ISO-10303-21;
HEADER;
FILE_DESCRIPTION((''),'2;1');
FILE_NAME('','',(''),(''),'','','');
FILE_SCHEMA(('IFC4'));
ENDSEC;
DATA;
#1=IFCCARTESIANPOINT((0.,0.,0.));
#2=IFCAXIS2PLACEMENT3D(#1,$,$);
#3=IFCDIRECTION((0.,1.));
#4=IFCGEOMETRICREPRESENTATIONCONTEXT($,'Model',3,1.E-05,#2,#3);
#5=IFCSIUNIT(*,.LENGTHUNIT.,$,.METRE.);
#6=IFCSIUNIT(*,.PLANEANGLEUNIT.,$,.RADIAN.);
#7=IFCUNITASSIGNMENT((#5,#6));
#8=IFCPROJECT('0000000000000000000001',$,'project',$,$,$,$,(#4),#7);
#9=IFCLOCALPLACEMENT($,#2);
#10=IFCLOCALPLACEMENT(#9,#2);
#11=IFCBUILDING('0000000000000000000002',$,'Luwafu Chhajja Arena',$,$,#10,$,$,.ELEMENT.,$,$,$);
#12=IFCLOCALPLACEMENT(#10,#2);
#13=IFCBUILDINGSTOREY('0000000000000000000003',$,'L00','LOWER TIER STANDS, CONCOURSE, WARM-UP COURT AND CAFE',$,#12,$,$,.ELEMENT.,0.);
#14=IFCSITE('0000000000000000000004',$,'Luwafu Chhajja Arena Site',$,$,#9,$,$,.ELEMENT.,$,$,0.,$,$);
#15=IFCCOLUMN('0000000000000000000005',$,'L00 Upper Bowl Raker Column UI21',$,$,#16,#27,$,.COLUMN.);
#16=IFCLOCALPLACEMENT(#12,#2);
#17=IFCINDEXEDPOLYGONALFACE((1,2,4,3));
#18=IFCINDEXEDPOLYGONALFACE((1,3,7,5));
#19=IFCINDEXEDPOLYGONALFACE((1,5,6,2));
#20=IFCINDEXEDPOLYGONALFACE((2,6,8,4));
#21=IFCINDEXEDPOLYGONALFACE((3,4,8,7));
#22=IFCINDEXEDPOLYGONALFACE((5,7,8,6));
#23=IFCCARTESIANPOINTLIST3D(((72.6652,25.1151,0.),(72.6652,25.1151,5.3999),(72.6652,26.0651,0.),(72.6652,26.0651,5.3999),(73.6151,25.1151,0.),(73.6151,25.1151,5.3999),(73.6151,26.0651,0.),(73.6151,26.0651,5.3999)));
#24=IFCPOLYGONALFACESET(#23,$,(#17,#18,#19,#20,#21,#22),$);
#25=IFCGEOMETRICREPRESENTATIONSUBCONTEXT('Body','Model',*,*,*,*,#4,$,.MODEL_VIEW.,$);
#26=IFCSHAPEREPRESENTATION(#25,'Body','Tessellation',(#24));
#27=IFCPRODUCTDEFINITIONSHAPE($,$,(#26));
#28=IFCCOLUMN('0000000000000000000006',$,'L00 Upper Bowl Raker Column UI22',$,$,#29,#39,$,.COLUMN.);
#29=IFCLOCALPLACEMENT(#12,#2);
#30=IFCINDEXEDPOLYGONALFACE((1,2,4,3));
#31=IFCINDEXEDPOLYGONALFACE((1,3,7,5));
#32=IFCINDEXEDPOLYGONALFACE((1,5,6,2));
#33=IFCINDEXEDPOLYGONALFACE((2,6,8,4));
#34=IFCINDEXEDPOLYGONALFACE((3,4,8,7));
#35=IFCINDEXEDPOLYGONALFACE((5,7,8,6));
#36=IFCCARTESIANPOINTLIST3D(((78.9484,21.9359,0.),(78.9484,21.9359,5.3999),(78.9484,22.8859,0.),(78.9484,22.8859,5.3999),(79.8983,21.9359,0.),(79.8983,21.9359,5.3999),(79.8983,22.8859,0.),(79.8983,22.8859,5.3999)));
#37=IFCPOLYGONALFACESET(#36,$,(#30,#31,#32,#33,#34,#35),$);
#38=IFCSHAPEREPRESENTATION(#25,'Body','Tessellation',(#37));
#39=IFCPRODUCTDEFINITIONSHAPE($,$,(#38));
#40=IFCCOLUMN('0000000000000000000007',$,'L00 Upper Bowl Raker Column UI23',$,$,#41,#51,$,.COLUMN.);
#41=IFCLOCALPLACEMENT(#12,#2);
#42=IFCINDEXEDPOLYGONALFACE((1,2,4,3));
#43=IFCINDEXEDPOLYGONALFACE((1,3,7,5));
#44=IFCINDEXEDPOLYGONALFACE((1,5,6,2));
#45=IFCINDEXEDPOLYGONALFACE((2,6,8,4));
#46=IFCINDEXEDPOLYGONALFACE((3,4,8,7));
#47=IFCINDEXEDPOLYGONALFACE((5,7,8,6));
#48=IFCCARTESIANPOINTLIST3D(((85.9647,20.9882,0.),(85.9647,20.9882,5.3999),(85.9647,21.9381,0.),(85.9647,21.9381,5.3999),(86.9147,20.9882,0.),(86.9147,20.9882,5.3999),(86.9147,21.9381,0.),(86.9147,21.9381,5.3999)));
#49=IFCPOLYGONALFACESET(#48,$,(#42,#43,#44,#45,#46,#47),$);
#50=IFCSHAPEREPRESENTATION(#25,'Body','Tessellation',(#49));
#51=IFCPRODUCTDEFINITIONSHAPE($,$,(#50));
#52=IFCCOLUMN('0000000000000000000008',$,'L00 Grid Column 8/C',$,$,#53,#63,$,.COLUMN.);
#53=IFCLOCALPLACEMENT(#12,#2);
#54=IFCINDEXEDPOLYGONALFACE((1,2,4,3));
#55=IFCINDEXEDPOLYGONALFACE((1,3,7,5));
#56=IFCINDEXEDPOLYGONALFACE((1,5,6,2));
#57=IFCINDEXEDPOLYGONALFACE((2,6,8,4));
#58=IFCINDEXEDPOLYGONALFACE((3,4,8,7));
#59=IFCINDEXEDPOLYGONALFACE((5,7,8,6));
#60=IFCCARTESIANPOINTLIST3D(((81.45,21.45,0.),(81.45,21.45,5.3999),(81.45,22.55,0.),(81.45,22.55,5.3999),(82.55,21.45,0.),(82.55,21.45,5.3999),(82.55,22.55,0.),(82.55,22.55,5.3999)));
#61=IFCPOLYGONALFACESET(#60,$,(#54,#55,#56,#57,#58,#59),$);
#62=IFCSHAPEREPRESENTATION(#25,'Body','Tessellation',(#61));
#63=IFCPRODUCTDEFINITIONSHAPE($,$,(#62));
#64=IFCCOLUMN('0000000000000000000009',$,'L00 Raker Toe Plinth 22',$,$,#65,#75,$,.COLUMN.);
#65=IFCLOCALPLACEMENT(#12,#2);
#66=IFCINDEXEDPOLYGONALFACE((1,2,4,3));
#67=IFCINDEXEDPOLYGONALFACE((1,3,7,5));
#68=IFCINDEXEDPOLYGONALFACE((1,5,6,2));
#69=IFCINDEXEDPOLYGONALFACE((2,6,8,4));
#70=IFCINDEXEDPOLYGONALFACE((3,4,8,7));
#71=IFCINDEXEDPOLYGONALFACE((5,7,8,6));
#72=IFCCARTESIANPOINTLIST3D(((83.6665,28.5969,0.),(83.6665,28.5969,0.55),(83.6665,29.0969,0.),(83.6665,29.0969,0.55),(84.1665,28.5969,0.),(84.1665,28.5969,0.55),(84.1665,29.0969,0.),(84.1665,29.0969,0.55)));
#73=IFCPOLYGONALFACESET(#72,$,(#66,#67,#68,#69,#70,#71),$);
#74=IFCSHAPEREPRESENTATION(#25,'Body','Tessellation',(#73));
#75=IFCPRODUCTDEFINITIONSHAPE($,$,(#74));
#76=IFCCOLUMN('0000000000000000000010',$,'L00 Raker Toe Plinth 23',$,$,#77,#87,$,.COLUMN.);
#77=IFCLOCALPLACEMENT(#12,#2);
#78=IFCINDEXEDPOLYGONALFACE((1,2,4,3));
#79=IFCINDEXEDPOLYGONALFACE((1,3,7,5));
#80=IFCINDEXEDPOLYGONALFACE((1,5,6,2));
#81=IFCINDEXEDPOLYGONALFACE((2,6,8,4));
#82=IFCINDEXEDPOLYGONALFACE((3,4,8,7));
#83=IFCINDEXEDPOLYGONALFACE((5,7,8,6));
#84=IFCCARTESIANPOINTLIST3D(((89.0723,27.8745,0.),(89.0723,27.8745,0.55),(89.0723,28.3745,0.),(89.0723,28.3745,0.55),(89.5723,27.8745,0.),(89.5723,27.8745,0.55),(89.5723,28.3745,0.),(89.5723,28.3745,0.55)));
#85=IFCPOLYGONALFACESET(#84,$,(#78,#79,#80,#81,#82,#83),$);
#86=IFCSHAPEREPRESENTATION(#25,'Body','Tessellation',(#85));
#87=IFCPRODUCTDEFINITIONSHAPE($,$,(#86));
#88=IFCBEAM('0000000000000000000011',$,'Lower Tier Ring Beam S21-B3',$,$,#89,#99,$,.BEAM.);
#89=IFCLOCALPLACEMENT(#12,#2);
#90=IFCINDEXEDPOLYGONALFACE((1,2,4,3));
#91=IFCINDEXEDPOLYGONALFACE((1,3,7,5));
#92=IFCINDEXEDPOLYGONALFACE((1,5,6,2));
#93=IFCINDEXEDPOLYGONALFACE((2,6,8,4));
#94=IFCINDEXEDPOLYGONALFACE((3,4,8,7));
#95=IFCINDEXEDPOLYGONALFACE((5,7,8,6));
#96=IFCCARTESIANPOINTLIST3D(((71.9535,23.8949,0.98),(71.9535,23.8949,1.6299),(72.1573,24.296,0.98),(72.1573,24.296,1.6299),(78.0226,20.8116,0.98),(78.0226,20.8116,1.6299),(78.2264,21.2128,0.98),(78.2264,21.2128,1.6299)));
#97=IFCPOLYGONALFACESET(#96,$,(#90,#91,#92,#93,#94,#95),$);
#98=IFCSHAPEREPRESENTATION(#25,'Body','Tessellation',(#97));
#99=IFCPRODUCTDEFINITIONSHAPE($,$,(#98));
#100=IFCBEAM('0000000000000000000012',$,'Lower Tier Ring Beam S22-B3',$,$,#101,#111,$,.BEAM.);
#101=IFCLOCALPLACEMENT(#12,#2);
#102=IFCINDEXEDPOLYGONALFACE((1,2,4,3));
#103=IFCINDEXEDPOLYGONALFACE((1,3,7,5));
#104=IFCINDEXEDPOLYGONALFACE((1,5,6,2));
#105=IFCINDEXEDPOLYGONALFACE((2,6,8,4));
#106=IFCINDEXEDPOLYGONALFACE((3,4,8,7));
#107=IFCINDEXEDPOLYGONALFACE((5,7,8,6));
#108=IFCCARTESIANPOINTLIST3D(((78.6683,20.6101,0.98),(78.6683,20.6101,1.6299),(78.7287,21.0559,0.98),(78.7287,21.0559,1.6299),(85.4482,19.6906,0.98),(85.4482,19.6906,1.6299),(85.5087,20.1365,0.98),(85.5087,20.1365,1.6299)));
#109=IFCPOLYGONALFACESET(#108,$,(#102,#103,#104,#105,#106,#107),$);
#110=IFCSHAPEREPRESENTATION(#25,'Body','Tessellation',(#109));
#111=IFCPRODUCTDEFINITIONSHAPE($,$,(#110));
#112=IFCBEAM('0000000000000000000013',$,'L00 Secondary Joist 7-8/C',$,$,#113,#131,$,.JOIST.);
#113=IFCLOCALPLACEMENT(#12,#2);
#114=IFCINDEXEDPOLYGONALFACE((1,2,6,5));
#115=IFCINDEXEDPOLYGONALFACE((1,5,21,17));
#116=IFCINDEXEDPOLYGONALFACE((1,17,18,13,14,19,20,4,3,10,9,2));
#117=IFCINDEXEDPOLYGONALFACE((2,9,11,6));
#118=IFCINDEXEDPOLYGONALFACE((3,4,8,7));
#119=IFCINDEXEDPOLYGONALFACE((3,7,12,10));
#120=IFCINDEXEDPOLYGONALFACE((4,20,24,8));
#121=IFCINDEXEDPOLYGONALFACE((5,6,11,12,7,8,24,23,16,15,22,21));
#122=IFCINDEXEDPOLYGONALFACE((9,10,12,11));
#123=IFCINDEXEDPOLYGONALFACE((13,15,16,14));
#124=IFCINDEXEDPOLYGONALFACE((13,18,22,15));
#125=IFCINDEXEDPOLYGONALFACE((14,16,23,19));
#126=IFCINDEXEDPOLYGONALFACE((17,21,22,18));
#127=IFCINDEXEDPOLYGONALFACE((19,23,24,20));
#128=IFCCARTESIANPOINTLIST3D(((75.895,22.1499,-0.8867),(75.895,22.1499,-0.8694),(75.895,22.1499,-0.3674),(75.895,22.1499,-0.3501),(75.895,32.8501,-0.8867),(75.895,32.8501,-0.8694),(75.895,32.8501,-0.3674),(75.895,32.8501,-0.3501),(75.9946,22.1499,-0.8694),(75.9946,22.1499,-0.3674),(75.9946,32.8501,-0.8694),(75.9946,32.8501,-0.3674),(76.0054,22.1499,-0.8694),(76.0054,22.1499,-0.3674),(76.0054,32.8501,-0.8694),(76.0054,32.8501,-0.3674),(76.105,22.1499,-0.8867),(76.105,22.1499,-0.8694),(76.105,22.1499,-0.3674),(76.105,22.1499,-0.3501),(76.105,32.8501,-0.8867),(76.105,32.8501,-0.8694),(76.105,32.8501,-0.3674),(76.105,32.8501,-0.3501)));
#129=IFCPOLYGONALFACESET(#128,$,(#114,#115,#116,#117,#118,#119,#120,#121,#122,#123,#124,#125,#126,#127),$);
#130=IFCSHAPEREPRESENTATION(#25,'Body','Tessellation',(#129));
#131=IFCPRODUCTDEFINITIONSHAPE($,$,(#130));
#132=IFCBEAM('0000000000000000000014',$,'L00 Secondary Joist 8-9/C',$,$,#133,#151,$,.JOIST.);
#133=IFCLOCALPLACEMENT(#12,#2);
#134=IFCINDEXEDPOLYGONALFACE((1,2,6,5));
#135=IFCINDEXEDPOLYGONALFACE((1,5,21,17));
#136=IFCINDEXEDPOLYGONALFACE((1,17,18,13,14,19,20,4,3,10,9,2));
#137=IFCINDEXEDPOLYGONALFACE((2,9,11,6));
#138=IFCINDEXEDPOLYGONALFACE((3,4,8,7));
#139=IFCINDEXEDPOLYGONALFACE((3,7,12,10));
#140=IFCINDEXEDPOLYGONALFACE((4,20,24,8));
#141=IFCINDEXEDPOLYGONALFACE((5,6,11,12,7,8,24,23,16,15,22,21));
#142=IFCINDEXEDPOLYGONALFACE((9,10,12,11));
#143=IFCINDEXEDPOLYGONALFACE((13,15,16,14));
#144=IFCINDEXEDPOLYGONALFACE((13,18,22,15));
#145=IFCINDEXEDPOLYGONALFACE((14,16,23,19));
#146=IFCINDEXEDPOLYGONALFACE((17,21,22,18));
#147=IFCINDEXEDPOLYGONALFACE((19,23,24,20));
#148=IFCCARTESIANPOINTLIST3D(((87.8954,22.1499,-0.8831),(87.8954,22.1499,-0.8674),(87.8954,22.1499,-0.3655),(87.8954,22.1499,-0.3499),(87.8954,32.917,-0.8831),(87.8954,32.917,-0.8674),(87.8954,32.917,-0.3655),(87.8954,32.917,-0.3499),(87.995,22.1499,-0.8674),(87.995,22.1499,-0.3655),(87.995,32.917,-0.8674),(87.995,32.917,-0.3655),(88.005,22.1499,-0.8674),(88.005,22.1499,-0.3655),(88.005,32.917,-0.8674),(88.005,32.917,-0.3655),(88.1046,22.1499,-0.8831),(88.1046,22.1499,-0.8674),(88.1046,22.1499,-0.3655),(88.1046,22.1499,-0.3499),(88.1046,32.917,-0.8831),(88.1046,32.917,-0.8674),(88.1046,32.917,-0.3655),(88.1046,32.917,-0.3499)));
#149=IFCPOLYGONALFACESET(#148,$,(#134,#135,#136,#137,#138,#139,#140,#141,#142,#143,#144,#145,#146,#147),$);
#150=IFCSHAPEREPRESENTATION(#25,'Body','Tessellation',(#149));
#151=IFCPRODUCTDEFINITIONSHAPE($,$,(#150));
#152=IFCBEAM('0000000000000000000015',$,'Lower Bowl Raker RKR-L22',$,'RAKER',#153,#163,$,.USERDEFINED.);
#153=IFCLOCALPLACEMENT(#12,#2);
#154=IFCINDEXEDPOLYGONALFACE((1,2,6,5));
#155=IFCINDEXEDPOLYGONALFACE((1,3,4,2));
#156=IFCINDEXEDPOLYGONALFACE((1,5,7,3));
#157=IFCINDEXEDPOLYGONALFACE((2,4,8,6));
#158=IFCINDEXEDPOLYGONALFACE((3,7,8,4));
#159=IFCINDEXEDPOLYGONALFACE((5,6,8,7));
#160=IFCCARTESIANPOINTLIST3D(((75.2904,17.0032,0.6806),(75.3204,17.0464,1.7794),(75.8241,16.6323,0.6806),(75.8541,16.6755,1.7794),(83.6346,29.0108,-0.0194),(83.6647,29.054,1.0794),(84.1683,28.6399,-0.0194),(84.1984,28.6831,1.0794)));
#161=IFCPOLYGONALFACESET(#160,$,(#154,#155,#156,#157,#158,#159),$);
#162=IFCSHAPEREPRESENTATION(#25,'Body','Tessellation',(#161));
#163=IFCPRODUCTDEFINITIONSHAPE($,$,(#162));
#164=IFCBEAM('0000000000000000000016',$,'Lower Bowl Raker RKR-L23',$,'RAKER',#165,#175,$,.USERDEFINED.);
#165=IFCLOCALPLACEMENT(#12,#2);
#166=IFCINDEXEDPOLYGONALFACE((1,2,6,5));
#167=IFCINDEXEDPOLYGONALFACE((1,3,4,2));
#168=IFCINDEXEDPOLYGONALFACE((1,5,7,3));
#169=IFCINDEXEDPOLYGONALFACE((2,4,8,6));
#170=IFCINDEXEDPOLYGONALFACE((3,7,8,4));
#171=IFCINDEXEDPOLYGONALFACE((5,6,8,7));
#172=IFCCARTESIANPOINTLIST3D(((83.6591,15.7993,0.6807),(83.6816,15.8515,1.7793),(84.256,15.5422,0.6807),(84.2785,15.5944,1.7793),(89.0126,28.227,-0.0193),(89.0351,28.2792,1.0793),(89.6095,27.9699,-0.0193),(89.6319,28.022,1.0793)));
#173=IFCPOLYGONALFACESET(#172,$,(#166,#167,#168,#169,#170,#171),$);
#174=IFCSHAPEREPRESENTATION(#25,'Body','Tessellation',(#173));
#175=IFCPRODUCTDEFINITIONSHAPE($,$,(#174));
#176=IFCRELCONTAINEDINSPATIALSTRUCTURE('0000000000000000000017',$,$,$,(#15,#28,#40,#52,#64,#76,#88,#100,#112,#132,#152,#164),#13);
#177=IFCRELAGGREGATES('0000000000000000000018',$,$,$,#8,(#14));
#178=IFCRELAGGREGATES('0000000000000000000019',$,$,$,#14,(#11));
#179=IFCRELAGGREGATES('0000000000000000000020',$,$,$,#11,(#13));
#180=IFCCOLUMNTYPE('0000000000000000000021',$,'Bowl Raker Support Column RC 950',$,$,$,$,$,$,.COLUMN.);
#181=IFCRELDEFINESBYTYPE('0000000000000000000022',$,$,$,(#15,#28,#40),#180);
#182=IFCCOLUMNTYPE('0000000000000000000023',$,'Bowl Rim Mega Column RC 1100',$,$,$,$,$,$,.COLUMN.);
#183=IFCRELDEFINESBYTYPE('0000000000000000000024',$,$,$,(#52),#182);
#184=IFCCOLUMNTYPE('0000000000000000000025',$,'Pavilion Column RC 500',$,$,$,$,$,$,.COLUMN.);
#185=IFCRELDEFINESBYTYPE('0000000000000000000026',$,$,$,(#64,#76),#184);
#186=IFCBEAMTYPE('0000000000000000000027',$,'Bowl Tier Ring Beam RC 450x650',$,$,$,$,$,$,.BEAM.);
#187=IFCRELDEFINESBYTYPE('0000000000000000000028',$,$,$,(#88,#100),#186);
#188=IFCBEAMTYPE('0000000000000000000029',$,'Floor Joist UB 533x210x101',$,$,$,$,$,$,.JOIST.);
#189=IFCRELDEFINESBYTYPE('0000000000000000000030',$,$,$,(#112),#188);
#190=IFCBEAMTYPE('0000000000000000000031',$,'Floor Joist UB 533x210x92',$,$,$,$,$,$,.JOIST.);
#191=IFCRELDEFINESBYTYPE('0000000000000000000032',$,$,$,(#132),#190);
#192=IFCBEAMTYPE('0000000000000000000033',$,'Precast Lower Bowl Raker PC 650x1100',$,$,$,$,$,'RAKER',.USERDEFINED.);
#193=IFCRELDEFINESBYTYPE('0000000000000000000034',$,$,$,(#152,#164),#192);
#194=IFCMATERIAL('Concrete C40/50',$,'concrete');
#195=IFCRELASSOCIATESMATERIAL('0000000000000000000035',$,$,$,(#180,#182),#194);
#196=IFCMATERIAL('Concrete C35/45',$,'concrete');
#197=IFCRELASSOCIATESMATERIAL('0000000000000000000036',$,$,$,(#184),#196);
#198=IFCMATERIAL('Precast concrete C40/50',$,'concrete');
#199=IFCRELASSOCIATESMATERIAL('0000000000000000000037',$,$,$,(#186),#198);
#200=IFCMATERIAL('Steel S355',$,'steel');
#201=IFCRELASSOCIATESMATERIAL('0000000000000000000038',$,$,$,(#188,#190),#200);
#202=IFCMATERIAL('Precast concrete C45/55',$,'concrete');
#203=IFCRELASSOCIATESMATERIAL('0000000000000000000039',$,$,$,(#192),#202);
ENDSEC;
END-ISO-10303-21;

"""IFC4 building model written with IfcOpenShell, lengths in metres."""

from ifc_helpers import new_model, si_unit, direction, frame, origin, origin_2d, place, context, subcontext, project, spatial, rectangle, i_section, extrude, material, material_profile, profile_set, type_object, element, save


model = new_model("IFC4")

# Units and contexts
model_context = context("Model", 3, precision=1e-05, world=origin(), true_north=direction((0.0, 1.0)))
body_context = subcontext(model_context, "Body", "Model", "MODEL_VIEW")
ifc_project = project(units=[si_unit("LENGTHUNIT", "METRE"), si_unit("PLANEANGLEUNIT", "RADIAN")], contexts=[model_context])

# Site, building, storey
site_placement = place(None, origin())
site = spatial("IfcSite", under=ifc_project, at=site_placement, Name="Luwafu Chhajja Arena Site", CompositionType="ELEMENT", RefElevation=0.0)
building_placement = place(site_placement, origin())
building = spatial("IfcBuilding", under=site, at=building_placement, Name="Luwafu Chhajja Arena", CompositionType="ELEMENT")
storey_placement = place(building_placement, origin())
storey = spatial("IfcBuildingStorey", under=building, at=storey_placement, Name="L00", Description="LOWER TIER STANDS, CONCOURSE, WARM-UP COURT AND CAFE", CompositionType="ELEMENT", Elevation=0.0)

# Columns
ifc_material_1 = material(Name="Concrete C40/50", Category="concrete")
ifc_material_profile_1 = material_profile(ifc_material_1, rectangle(XDim=0.95, YDim=0.95, at=origin_2d()), Name="RC 950x950")
ifc_profile_set_1 = profile_set([ifc_material_profile_1], Name="Concrete C40/50")
column_type_1 = type_object("IfcColumnType", Name="Bowl Raker Support Column RC 950", PredefinedType="COLUMN", material=ifc_profile_set_1)
for number, where, z_axis, x_axis, name in (
    (1, (73.1401, 25.5901, 0.0), (0.0, 0.0, 1.0), (1.0, 0.0, 0.0), "L00 Upper Bowl Raker Column UI21"),
    (2, (79.4233, 22.4109, 0.0), (0.0, 0.0, 1.0), (1.0, 0.0, 0.0), "L00 Upper Bowl Raker Column UI22"),
    (3, (86.4397, 21.4631, 0.0), (0.0, 0.0, 1.0), (1.0, 0.0, 0.0), "L00 Upper Bowl Raker Column UI23"),
):
    element("IfcColumn", number, at=place(storey_placement, frame(where, z_axis=z_axis, x_axis=x_axis)), inside=storey, type_object=column_type_1, Name=name, PredefinedType="COLUMN", context=body_context, shape_type="SweptSolid", body=[
        extrude(rectangle(XDim=0.95, YDim=0.95, at=origin_2d()), origin(), (0.0, 0.0, 1.0), 5.3999),
    ])
ifc_material_profile_2 = material_profile(ifc_material_1, rectangle(XDim=1.1001, YDim=1.1001, at=origin_2d()), Name="RC 1100x1100")
ifc_profile_set_2 = profile_set([ifc_material_profile_2], Name="Concrete C40/50")
column_type_2 = type_object("IfcColumnType", Name="Bowl Rim Mega Column RC 1100", PredefinedType="COLUMN", material=ifc_profile_set_2)
column_placement = place(storey_placement, frame((82.0, 22.0, 0.0), z_axis=(0.0, 0.0, 1.0), x_axis=(1.0, 0.0, 0.0)))
element("IfcColumn", 4, at=column_placement, inside=storey, type_object=column_type_2, Name="L00 Grid Column 8/C", PredefinedType="COLUMN", context=body_context, shape_type="SweptSolid", body=[
    extrude(rectangle(XDim=1.1001, YDim=1.1001, at=origin_2d()), origin(), (0.0, 0.0, 1.0), 5.3999),
])
ifc_material_2 = material(Name="Concrete C35/45", Category="concrete")
ifc_material_profile_3 = material_profile(ifc_material_2, rectangle(XDim=0.5, YDim=0.5, at=origin_2d()), Name="RC 500x500")
ifc_profile_set_3 = profile_set([ifc_material_profile_3], Name="Concrete C35/45")
column_type_3 = type_object("IfcColumnType", Name="Pavilion Column RC 500", PredefinedType="COLUMN", material=ifc_profile_set_3)
for number, where, z_axis, x_axis, name in (
    (5, (83.9165, 28.8469, 0.0), (0.0, 0.0, 1.0), (1.0, 0.0, 0.0), "L00 Raker Toe Plinth 22"),
    (6, (89.3223, 28.1245, 0.0), (0.0, 0.0, 1.0), (1.0, 0.0, 0.0), "L00 Raker Toe Plinth 23"),
):
    element("IfcColumn", number, at=place(storey_placement, frame(where, z_axis=z_axis, x_axis=x_axis)), inside=storey, type_object=column_type_3, Name=name, PredefinedType="COLUMN", context=body_context, shape_type="SweptSolid", body=[
        extrude(rectangle(XDim=0.5, YDim=0.5, at=origin_2d()), origin(), (0.0, 0.0, 1.0), 0.55),
    ])

# Beams
ifc_material_3 = material(Name="Precast concrete C40/50", Category="concrete")
ifc_material_profile_4 = material_profile(ifc_material_3, rectangle(XDim=0.45, YDim=0.6499, at=origin_2d()), Name="RC 450x650")
ifc_profile_set_4 = profile_set([ifc_material_profile_4], Name="Precast concrete C40/50")
beam_type_1 = type_object("IfcBeamType", Name="Bowl Tier Ring Beam RC 450x650", PredefinedType="BEAM", material=ifc_profile_set_4)
beam_1_placement = place(storey_placement, frame((72.0554, 24.0955, 1.3049), z_axis=(0.891547, -0.452928, 0.0), x_axis=(0.452928, 0.891547, 0.0)))
element("IfcBeam", 7, at=beam_1_placement, inside=storey, type_object=beam_type_1, Name="Lower Tier Ring Beam S21-B3", PredefinedType="BEAM", context=body_context, shape_type="SweptSolid", body=[
    extrude(rectangle(XDim=0.45, YDim=0.6499, at=origin_2d()), origin(), (0.0, 0.0, 1.0), 6.8074),
])
beam_2_placement = place(storey_placement, frame((78.6985, 20.833, 1.3049), z_axis=(0.99093, -0.134379, 0.0), x_axis=(0.134379, 0.99093, 0.0)))
element("IfcBeam", 8, at=beam_2_placement, inside=storey, type_object=beam_type_1, Name="Lower Tier Ring Beam S22-B3", PredefinedType="BEAM", context=body_context, shape_type="SweptSolid", body=[
    extrude(rectangle(XDim=0.45, YDim=0.6499, at=origin_2d()), origin(), (0.0, 0.0, 1.0), 6.842),
])
ifc_material_4 = material(Name="Steel S355", Category="steel")
ifc_material_profile_5 = material_profile(ifc_material_4, i_section(OverallWidth=0.21, OverallDepth=0.5366, WebThickness=0.0107, FlangeThickness=0.0173, at=origin_2d()), Name="UB 533x210x101")
ifc_profile_set_5 = profile_set([ifc_material_profile_5], Name="Steel S355")
beam_type_2 = type_object("IfcBeamType", Name="Floor Joist UB 533x210x101", PredefinedType="JOIST", material=ifc_profile_set_5)
beam_3_placement = place(storey_placement, frame((76.0, 22.1499, -0.6184), z_axis=(0.0, 1.0, 0.0), x_axis=(-1.0, 0.0, 0.0)))
element("IfcBeam", 9, at=beam_3_placement, inside=storey, type_object=beam_type_2, Name="L00 Secondary Joist 7-8/C", PredefinedType="JOIST", context=body_context, shape_type="SweptSolid", body=[
    extrude(i_section(OverallWidth=0.21, OverallDepth=0.5366, WebThickness=0.0107, FlangeThickness=0.0173, at=origin_2d()), origin(), (0.0, 0.0, 1.0), 10.7002),
])
ifc_material_profile_6 = material_profile(ifc_material_4, i_section(OverallWidth=0.2092, OverallDepth=0.5332, WebThickness=0.01, FlangeThickness=0.0156, at=origin_2d()), Name="UB 533x210x92")
ifc_profile_set_6 = profile_set([ifc_material_profile_6], Name="Steel S355")
beam_type_3 = type_object("IfcBeamType", Name="Floor Joist UB 533x210x92", PredefinedType="JOIST", material=ifc_profile_set_6)
beam_4_placement = place(storey_placement, frame((88.0, 22.1499, -0.6165), z_axis=(0.0, 1.0, 0.0), x_axis=(-1.0, 0.0, 0.0)))
element("IfcBeam", 10, at=beam_4_placement, inside=storey, type_object=beam_type_3, Name="L00 Secondary Joist 8-9/C", PredefinedType="JOIST", context=body_context, shape_type="SweptSolid", body=[
    extrude(i_section(OverallWidth=0.2092, OverallDepth=0.5332, WebThickness=0.01, FlangeThickness=0.0156, at=origin_2d()), origin(), (0.0, 0.0, 1.0), 10.7671),
])
ifc_material_5 = material(Name="Precast concrete C45/55", Category="concrete")
ifc_material_profile_7 = material_profile(ifc_material_5, rectangle(XDim=0.6499, YDim=1.1001, at=origin_2d()), Name="PC 650x1100")
ifc_profile_set_7 = profile_set([ifc_material_profile_7], Name="Precast concrete C45/55")
beam_type_4 = type_object("IfcBeamType", Name="Precast Lower Bowl Raker PC 650x1100", ElementType="RAKER", PredefinedType="USERDEFINED", material=ifc_profile_set_7)
beam_5_placement = place(storey_placement, frame((83.9165, 28.8469, 0.53), z_axis=(-0.570004, -0.82025, 0.047814), x_axis=(0.821189, -0.570656, 0.0)))
element("IfcBeam", 11, at=beam_5_placement, inside=storey, type_object=beam_type_4, Name="Lower Bowl Raker RKR-L22", ObjectType="RAKER", PredefinedType="USERDEFINED", context=body_context, shape_type="SweptSolid", body=[
    extrude(rectangle(XDim=0.6499, YDim=1.1001, at=origin_2d()), origin(), (0.0, 0.0, 1.0), 14.6389),
])
beam_6_placement = place(storey_placement, frame((89.3223, 28.1245, 0.53), z_axis=(-0.395098, -0.917186, 0.051657), x_axis=(0.918412, -0.395626, 0.0)))
element("IfcBeam", 12, at=beam_6_placement, inside=storey, type_object=beam_type_4, Name="Lower Bowl Raker RKR-L23", ObjectType="RAKER", PredefinedType="USERDEFINED", context=body_context, shape_type="SweptSolid", body=[
    extrude(rectangle(XDim=0.6499, YDim=1.1001, at=origin_2d()), origin(), (0.0, 0.0, 1.0), 13.5498),
])

save(model, "model.ifc")
